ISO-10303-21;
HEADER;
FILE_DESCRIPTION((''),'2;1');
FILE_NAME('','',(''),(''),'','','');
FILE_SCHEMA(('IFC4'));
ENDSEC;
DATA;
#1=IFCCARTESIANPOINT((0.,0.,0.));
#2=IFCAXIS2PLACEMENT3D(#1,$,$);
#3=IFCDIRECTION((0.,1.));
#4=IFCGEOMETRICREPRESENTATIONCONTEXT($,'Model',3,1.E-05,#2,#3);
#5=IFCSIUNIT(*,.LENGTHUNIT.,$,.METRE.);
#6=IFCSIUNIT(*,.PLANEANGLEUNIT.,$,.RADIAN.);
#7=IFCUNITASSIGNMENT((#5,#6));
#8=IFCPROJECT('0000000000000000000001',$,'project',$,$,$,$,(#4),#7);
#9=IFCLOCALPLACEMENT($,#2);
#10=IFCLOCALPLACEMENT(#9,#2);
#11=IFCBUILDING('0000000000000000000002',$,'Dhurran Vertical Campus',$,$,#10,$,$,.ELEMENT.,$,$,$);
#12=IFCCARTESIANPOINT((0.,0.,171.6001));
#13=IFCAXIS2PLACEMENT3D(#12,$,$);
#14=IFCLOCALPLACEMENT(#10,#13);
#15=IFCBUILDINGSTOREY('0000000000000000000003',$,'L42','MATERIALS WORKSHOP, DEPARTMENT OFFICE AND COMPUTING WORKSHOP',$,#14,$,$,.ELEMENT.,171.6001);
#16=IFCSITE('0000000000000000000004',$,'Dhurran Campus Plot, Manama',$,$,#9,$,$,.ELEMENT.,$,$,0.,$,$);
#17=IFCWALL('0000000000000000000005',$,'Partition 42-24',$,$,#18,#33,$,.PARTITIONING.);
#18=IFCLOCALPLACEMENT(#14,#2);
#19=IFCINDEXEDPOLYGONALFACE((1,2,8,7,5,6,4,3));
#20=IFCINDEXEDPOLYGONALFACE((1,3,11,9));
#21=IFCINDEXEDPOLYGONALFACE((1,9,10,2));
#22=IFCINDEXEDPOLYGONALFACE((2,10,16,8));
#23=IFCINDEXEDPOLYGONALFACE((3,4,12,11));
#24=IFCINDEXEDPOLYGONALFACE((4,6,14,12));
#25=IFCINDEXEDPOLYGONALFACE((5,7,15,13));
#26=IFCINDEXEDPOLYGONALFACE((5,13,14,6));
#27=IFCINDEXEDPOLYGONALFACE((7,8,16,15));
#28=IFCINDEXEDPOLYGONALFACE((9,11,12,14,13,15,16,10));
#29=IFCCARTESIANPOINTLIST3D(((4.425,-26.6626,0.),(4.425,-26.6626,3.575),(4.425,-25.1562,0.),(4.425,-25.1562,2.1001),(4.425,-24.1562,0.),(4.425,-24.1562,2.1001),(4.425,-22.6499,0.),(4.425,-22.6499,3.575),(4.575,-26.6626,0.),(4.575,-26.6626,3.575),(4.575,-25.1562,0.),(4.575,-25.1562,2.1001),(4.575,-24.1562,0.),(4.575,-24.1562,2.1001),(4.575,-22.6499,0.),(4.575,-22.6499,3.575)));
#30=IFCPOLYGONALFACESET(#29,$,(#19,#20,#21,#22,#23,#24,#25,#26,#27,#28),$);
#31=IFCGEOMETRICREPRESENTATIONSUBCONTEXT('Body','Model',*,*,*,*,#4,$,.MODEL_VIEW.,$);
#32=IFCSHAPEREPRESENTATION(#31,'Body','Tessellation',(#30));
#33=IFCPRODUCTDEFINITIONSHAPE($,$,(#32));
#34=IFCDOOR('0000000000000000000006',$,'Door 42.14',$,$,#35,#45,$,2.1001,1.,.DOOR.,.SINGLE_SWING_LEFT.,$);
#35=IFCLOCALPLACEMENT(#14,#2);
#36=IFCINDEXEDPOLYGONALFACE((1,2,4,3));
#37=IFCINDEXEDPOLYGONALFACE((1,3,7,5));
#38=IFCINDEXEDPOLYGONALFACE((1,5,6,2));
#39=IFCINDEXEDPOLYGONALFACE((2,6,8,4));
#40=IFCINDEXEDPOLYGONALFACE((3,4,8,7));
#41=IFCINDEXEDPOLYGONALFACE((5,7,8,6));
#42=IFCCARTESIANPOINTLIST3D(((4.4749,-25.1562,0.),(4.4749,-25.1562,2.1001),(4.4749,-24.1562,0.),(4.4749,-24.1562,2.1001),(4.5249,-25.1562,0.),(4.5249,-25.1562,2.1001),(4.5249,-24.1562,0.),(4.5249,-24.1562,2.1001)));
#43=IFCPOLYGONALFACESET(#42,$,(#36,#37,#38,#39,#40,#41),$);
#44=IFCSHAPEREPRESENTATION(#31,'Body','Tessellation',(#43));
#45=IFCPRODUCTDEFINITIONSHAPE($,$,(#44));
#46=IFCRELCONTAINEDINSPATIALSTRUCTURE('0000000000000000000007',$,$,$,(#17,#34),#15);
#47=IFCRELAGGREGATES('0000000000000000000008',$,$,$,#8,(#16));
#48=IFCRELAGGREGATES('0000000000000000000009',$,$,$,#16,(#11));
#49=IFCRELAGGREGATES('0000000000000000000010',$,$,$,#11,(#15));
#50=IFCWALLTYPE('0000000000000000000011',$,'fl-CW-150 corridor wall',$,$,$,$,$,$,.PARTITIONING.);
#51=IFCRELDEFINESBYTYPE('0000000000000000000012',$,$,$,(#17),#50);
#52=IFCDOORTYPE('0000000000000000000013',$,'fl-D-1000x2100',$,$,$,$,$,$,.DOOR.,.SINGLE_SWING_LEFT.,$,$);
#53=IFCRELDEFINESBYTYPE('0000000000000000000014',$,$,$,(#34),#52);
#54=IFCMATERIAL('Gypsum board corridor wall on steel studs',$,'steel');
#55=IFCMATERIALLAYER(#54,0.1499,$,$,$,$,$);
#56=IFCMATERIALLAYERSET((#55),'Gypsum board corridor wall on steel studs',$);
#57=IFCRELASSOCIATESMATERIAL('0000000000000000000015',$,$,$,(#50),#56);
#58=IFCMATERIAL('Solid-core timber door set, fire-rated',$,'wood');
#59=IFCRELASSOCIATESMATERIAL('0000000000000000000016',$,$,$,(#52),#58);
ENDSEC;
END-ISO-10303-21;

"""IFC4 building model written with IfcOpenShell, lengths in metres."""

from ifc_helpers import new_model, si_unit, direction, frame, frame_2d, origin, place, context, subcontext, project, spatial, rectangle, extrude, material, layer, layer_set, type_object, element, fill, save


model = new_model("IFC4")

# Units and contexts
model_context = context("Model", 3, precision=1e-05, world=origin(), true_north=direction((0.0, 1.0)))
body_context = subcontext(model_context, "Body", "Model", "MODEL_VIEW")
ifc_project = project(units=[si_unit("LENGTHUNIT", "METRE"), si_unit("PLANEANGLEUNIT", "RADIAN")], contexts=[model_context])

# Site, building, storey
site_placement = place(None, origin())
site = spatial("IfcSite", under=ifc_project, at=site_placement, Name="Dhurran Campus Plot, Manama", CompositionType="ELEMENT", RefElevation=0.0)
building_placement = place(site_placement, origin())
building = spatial("IfcBuilding", under=site, at=building_placement, Name="Dhurran Vertical Campus", CompositionType="ELEMENT")
storey_placement = place(building_placement, frame((0.0, 0.0, 171.6001)))
storey = spatial("IfcBuildingStorey", under=building, at=storey_placement, Name="L42", Description="MATERIALS WORKSHOP, DEPARTMENT OFFICE AND COMPUTING WORKSHOP", CompositionType="ELEMENT", Elevation=171.6001)

# Shared definitions
ifc_material_1 = material(Name="Gypsum board corridor wall on steel studs", Category="steel")
ifc_layer_1 = layer(ifc_material_1, 0.1499)
ifc_layer_set_1 = layer_set([ifc_layer_1], Name="Gypsum board corridor wall on steel studs")
wall_type_1 = type_object("IfcWallType", Name="fl-CW-150 corridor wall", PredefinedType="PARTITIONING", material=ifc_layer_set_1)
ifc_material_2 = material(Name="Solid-core timber door set, fire-rated", Category="wood")
door_type = type_object("IfcDoorType", Name="fl-D-1000x2100", OperationType="SINGLE_SWING_LEFT", PredefinedType="DOOR", material=ifc_material_2)

# Wall, opening, door
wall_1_placement = place(storey_placement, frame((4.5, -22.6499, 0.0), z_axis=(0.0, 0.0, 1.0), x_axis=(0.0, -1.0, 0.0)))
wall_1 = element("IfcWall", 1, at=wall_1_placement, inside=storey, type_object=wall_type_1, Name="Partition 42-24", PredefinedType="PARTITIONING", context=body_context, shape_type="SweptSolid", body=[
    extrude(rectangle(XDim=4.0127, YDim=0.1499, at=frame_2d((2.0063, 0.0))), origin(), (0.0, 0.0, 1.0), 3.575),
])
opening_1_placement = place(wall_1_placement, frame((1.5063, 0.0, 0.0)))
opening_1 = element("IfcOpeningElement", 2, at=opening_1_placement, cuts=wall_1, PredefinedType="OPENING", context=body_context, shape_type="SweptSolid", body=[
    extrude(rectangle(XDim=1.0, YDim=2.1001, at=frame_2d((0.5, 1.05))), frame((0.0, 0.085, 0.0), z_axis=(0.0, -1.0, 0.0), x_axis=(1.0, 0.0, 0.0)), (0.0, 0.0, 1.0), 0.1699),
])
door_1_placement = place(opening_1_placement, origin())
door_1 = element("IfcDoor", 3, at=door_1_placement, inside=storey, type_object=door_type, Name="Door 42.14", OperationType="SINGLE_SWING_LEFT", OverallHeight=2.1001, OverallWidth=1.0, PredefinedType="DOOR", context=body_context, shape_type="SweptSolid", body=[
    extrude(rectangle(XDim=1.0, YDim=2.1001, at=frame_2d((0.5, 1.05))), frame((0.0, 0.0249, 0.0), z_axis=(0.0, -1.0, 0.0), x_axis=(1.0, 0.0, 0.0)), (0.0, 0.0, 1.0), 0.05),
])
fill(opening_1, door_1)

save(model, "model.ifc")
